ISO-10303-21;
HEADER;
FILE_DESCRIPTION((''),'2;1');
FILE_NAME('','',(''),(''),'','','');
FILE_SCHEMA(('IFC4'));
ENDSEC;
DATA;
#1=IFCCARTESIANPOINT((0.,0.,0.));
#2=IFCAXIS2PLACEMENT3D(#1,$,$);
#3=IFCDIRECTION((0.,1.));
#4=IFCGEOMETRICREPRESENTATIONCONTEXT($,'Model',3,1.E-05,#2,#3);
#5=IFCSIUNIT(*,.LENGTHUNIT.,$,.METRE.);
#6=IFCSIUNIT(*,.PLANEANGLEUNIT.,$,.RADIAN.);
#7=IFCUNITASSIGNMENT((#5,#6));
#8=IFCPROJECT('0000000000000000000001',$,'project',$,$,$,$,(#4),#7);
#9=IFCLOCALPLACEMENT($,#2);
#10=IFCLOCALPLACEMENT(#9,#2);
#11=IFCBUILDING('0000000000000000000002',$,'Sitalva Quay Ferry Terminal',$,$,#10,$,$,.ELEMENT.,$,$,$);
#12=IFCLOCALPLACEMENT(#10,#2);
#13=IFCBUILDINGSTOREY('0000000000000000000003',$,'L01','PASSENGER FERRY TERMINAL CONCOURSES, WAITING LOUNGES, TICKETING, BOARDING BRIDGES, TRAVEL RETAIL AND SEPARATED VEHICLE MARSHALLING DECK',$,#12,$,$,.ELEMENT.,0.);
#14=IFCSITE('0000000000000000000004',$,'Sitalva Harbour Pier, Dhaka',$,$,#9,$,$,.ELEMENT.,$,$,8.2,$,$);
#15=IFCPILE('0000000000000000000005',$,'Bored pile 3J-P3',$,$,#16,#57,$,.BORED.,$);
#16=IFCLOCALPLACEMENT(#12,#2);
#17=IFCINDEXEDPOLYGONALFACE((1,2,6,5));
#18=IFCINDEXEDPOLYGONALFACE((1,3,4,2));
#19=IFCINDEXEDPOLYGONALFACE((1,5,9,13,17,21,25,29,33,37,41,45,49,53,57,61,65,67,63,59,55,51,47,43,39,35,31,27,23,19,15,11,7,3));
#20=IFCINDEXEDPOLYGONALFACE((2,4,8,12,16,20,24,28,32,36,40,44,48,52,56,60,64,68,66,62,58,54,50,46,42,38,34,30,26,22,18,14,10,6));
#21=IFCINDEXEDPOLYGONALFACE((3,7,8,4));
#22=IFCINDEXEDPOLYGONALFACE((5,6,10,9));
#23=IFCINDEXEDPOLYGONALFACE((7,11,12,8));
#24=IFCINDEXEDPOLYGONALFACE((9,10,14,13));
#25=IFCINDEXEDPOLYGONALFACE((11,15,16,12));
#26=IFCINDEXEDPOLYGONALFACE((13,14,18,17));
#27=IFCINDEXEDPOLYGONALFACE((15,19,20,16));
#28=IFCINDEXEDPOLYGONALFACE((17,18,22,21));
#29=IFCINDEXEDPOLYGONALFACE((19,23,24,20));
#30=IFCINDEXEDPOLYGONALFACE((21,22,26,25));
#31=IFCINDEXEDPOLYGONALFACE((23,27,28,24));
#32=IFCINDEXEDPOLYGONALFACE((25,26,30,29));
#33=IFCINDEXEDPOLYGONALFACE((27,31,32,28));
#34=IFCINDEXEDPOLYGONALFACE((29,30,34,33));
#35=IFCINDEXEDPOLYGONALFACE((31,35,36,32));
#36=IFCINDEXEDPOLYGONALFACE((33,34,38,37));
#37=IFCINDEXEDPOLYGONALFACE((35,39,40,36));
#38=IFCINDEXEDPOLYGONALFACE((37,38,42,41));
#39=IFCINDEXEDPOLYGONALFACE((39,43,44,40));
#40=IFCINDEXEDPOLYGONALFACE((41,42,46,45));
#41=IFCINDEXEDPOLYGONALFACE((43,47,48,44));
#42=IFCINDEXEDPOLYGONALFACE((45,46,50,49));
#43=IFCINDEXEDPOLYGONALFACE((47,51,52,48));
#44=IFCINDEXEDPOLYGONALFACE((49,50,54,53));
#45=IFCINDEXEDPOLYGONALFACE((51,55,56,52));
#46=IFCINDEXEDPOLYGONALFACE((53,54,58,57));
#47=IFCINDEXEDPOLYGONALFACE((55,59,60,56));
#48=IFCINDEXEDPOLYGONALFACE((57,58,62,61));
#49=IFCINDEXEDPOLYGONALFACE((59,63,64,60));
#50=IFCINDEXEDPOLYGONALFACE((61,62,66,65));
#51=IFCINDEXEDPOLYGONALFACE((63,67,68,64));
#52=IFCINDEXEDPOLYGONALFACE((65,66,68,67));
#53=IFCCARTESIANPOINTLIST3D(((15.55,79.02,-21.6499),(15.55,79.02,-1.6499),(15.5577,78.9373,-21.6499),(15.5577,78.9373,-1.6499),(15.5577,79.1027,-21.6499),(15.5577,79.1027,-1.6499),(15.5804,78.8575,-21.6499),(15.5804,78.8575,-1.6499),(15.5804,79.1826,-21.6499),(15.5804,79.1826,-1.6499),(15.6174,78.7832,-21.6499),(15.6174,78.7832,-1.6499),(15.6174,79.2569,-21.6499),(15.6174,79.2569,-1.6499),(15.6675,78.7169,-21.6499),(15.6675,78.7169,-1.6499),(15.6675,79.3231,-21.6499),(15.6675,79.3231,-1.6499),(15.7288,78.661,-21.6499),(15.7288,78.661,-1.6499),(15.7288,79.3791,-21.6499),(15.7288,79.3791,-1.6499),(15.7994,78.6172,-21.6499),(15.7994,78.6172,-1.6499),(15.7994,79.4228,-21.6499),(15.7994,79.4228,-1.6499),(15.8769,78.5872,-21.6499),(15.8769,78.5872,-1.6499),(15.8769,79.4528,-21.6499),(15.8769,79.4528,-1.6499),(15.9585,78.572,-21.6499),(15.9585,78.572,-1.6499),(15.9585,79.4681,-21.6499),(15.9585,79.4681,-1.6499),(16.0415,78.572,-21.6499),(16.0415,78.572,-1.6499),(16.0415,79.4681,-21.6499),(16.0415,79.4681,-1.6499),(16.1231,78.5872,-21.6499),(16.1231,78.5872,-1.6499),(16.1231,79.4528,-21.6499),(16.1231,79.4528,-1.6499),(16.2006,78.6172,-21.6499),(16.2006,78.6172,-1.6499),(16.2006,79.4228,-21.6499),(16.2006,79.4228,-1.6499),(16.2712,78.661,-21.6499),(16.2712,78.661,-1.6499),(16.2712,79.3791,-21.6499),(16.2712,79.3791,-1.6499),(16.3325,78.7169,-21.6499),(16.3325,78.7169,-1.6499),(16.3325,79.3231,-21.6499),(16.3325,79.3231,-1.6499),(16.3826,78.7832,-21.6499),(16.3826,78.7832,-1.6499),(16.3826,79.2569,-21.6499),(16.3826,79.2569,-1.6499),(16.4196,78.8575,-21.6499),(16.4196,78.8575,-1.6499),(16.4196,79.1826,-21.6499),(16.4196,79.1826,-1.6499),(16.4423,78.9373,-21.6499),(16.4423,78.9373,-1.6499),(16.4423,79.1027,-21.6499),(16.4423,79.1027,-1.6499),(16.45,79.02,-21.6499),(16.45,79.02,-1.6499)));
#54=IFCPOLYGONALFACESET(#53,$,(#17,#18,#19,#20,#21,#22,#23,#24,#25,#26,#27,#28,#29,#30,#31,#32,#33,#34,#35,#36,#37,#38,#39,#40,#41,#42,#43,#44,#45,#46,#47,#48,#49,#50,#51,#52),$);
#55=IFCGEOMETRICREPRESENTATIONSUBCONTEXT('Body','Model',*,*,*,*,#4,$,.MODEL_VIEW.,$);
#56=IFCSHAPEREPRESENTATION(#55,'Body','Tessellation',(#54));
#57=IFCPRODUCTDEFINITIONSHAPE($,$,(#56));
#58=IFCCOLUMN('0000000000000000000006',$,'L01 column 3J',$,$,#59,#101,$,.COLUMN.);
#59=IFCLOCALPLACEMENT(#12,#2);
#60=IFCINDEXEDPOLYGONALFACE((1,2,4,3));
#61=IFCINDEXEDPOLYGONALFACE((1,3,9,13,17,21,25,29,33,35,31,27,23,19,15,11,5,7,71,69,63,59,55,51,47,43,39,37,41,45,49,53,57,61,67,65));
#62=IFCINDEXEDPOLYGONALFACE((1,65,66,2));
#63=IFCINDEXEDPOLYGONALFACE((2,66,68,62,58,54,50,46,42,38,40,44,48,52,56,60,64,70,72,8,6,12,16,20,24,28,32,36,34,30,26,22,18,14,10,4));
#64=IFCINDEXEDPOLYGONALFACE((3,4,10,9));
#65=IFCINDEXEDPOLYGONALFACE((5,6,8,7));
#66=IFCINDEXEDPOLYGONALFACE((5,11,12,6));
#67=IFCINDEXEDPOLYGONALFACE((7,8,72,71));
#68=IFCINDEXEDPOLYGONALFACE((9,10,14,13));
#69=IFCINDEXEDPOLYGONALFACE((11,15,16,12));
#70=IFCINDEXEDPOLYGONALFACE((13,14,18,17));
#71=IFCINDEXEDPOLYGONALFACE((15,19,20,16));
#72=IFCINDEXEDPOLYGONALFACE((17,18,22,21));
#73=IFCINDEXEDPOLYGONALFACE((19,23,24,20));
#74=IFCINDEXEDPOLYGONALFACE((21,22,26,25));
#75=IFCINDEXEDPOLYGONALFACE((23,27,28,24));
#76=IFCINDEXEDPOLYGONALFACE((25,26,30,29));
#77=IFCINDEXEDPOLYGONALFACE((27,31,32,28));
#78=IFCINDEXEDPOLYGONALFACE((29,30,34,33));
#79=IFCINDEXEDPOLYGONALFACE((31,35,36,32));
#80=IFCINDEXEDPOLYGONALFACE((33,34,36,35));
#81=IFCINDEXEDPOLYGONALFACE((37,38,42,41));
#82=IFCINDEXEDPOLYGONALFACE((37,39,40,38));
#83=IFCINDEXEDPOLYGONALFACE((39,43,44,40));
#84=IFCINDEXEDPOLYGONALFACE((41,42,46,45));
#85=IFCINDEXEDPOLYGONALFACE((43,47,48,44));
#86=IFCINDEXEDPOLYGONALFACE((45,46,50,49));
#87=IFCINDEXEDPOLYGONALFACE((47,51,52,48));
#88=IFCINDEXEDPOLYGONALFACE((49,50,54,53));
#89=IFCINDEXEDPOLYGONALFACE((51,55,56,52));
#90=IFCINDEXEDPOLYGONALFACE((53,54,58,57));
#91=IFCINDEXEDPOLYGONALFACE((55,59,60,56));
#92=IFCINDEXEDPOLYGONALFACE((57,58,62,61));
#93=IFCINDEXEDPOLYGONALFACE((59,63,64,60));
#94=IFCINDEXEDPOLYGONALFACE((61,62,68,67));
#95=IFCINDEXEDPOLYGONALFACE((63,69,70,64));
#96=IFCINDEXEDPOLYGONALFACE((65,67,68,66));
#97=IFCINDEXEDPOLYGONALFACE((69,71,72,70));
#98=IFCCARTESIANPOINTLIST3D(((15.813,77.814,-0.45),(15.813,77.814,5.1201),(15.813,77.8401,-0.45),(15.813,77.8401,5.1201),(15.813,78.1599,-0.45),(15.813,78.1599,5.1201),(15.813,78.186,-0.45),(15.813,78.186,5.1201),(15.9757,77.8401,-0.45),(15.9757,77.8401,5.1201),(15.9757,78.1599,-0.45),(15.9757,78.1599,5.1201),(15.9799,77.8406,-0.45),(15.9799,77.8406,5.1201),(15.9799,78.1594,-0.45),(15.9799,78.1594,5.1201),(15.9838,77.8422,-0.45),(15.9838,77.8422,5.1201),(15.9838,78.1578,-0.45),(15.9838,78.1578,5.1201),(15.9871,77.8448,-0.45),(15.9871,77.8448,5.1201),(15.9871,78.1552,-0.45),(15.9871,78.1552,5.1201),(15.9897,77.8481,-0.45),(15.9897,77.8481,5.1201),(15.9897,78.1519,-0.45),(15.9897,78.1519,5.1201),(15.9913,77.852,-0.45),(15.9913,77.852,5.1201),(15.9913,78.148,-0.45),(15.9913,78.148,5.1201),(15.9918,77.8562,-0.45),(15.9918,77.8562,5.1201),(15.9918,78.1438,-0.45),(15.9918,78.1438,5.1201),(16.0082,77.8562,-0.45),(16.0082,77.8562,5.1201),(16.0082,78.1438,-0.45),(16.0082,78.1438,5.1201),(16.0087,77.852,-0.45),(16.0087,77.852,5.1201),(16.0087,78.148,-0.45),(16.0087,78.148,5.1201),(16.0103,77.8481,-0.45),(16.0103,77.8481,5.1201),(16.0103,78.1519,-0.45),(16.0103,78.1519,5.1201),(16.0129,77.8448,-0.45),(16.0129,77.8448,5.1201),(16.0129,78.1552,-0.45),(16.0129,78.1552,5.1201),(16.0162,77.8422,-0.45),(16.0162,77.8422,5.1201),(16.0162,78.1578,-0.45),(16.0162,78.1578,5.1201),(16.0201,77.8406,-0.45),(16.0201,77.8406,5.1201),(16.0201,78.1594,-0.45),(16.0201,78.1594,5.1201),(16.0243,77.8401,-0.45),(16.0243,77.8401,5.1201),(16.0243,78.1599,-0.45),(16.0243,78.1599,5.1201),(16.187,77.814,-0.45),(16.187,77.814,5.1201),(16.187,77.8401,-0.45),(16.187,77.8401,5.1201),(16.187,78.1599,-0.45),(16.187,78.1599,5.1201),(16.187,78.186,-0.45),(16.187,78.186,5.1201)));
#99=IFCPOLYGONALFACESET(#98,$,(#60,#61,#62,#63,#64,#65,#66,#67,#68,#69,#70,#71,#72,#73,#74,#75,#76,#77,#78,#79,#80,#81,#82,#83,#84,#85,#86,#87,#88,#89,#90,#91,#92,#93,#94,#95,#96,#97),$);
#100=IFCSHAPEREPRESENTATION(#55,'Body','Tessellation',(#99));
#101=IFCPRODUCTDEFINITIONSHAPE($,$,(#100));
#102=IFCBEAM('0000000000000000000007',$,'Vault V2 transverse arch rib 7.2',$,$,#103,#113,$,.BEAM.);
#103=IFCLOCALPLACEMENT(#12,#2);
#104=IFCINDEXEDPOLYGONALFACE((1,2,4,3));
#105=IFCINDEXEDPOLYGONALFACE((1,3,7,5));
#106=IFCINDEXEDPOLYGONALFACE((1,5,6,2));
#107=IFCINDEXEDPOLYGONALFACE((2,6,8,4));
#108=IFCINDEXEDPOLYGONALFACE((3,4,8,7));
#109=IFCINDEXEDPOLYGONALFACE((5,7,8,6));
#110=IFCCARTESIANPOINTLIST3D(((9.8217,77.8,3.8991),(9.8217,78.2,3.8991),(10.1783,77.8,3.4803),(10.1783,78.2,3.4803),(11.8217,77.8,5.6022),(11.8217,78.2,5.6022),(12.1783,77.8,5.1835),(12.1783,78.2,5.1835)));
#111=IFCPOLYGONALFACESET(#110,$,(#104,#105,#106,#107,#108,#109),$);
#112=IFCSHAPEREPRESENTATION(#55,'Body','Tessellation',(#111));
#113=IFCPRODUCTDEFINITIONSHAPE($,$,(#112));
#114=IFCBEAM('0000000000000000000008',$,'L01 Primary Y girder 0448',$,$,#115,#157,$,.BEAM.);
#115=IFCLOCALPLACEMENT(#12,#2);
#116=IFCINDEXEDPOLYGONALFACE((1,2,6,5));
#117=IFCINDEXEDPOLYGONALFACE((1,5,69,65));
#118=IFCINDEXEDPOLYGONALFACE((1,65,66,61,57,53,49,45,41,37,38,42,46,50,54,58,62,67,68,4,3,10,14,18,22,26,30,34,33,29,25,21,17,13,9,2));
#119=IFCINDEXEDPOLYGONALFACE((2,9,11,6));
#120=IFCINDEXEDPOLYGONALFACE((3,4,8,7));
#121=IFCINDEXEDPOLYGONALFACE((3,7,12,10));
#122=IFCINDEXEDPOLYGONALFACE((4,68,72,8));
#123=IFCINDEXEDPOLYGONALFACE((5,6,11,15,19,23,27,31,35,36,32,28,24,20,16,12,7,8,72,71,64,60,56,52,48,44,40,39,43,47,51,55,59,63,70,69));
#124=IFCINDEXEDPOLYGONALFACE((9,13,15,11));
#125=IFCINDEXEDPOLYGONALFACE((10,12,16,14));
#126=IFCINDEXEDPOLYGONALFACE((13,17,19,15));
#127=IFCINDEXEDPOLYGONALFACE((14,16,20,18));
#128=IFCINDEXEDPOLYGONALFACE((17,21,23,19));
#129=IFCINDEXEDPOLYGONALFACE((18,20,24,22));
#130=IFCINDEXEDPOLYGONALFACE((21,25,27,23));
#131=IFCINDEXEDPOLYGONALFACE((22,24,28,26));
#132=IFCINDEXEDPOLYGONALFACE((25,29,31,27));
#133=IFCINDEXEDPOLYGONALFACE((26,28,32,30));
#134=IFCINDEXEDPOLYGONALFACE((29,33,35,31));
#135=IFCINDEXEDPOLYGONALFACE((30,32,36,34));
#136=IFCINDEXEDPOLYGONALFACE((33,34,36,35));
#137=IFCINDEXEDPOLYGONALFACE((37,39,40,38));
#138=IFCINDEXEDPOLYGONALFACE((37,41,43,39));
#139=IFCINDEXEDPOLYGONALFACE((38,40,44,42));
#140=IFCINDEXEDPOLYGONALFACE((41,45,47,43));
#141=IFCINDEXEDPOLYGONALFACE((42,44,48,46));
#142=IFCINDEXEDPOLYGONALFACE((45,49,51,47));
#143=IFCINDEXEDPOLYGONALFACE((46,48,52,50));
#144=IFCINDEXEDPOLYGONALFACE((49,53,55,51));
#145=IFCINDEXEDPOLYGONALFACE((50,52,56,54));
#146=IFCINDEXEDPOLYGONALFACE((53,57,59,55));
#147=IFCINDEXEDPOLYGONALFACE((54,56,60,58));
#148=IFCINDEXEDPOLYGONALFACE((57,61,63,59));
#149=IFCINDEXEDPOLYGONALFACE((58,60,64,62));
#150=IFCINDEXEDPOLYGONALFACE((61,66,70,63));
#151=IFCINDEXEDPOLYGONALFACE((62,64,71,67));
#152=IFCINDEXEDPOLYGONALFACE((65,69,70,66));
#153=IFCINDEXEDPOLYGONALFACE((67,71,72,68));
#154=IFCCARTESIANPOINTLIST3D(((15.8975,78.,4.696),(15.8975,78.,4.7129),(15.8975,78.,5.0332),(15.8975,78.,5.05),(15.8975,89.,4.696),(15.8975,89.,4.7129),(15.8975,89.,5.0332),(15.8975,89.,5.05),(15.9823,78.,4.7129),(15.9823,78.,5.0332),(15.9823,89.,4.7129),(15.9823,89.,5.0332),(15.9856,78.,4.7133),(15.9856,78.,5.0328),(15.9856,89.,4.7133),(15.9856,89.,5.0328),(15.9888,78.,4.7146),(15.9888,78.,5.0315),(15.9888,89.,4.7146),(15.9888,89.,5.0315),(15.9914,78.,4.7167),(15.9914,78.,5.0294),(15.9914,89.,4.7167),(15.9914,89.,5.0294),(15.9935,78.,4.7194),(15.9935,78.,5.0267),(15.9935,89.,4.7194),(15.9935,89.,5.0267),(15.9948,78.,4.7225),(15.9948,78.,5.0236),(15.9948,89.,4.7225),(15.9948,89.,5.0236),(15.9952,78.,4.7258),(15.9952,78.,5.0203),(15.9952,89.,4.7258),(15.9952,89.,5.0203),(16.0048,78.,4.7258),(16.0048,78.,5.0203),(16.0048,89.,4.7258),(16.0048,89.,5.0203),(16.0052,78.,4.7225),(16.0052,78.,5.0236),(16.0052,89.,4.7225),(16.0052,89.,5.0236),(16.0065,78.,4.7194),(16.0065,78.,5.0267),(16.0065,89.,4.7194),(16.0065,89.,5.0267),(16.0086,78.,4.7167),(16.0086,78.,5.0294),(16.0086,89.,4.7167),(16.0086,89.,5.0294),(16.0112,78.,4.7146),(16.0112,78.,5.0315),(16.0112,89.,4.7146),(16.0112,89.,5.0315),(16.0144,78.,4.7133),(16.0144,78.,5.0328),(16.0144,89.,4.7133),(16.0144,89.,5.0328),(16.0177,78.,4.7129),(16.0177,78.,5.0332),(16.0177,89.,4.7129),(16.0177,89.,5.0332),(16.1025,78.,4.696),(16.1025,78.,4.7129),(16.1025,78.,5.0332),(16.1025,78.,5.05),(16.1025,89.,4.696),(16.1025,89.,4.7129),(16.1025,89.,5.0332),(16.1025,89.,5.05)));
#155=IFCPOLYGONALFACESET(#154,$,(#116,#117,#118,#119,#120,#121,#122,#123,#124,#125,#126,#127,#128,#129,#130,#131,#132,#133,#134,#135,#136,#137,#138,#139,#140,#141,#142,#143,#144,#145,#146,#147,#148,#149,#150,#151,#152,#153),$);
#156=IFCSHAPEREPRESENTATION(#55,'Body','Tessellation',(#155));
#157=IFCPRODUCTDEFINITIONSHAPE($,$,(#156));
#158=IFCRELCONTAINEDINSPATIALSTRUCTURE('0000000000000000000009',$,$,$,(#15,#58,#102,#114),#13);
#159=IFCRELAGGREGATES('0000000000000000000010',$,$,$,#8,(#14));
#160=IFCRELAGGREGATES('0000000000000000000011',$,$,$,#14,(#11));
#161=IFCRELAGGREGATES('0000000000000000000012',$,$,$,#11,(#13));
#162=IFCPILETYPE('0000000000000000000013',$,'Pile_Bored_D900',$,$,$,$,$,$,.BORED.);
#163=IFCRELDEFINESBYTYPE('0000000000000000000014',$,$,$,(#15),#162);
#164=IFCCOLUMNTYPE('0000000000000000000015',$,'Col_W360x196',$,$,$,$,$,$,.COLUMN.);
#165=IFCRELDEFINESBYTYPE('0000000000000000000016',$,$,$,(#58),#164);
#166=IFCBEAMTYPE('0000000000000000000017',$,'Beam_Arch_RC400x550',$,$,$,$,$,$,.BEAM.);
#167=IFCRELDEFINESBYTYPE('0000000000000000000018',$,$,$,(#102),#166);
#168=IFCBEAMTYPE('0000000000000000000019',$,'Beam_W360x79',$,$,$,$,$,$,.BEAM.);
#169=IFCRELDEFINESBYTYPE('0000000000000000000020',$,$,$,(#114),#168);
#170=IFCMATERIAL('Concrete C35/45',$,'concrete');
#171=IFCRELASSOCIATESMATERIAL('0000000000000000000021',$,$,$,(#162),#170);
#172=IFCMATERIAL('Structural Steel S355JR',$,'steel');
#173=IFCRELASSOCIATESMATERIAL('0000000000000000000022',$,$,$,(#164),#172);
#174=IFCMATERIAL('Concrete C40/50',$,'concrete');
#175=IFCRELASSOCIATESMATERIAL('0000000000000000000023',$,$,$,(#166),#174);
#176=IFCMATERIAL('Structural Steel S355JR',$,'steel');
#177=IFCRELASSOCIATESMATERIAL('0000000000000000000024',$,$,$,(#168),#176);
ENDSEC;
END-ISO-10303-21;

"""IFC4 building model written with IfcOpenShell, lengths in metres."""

from ifc_helpers import new_model, si_unit, direction, frame, origin, origin_2d, place, context, subcontext, project, spatial, rectangle, circle, i_section, extrude, material, material_profile, profile_set, type_object, element, save


model = new_model("IFC4")

# Units and contexts
model_context = context("Model", 3, precision=1e-05, world=origin(), true_north=direction((0.0, 1.0)))
body_context = subcontext(model_context, "Body", "Model", "MODEL_VIEW")
ifc_project = project(units=[si_unit("LENGTHUNIT", "METRE"), si_unit("PLANEANGLEUNIT", "RADIAN")], contexts=[model_context])

# Site, building, storey
site_placement = place(None, origin())
site = spatial("IfcSite", under=ifc_project, at=site_placement, Name="Sitalva Harbour Pier, Dhaka", CompositionType="ELEMENT", RefElevation=8.2)
building_placement = place(site_placement, origin())
building = spatial("IfcBuilding", under=site, at=building_placement, Name="Sitalva Quay Ferry Terminal", CompositionType="ELEMENT")
storey_placement = place(building_placement, origin())
storey = spatial("IfcBuildingStorey", under=building, at=storey_placement, Name="L01", Description="PASSENGER FERRY TERMINAL CONCOURSES, WAITING LOUNGES, TICKETING, BOARDING BRIDGES, TRAVEL RETAIL AND SEPARATED VEHICLE MARSHALLING DECK", CompositionType="ELEMENT", Elevation=0.0)

# Pile
ifc_material_1 = material(Name="Concrete C35/45", Category="concrete")
ifc_material_profile_1 = material_profile(ifc_material_1, circle(Radius=0.45, at=origin_2d()), Name="PILE-D900")
ifc_profile_set_1 = profile_set([ifc_material_profile_1], Name="Concrete C35/45")
pile_type = type_object("IfcPileType", Name="Pile_Bored_D900", PredefinedType="BORED", material=ifc_profile_set_1)
for number, where, z_axis, x_axis, name in (
    (1, (16.0, 79.02, -1.6499), (0.0, 0.0, -1.0), (1.0, 0.0, 0.0), "Bored pile 3J-P3"),
):
    element("IfcPile", number, at=place(storey_placement, frame(where, z_axis=z_axis, x_axis=x_axis)), inside=storey, type_object=pile_type, Name=name, PredefinedType="BORED", context=body_context, shape_type="SweptSolid", body=[
        extrude(circle(Radius=0.45, at=origin_2d()), origin(), (0.0, 0.0, 1.0), 20.0),
    ])

# Column
ifc_material_2 = material(Name="Structural Steel S355JR", Category="steel")
ifc_material_profile_2 = material_profile(ifc_material_2, i_section(OverallWidth=0.374, OverallDepth=0.3721, WebThickness=0.0164, FlangeThickness=0.0261, FilletRadius=0.0161, at=origin_2d()), Name="W360x196")
ifc_profile_set_2 = profile_set([ifc_material_profile_2], Name="Structural Steel S355JR")
column_type = type_object("IfcColumnType", Name="Col_W360x196", PredefinedType="COLUMN", material=ifc_profile_set_2)
column_placement = place(storey_placement, frame((16.0, 78.0, -0.45), z_axis=(0.0, 0.0, 1.0), x_axis=(1.0, 0.0, 0.0)))
element("IfcColumn", 2, at=column_placement, inside=storey, type_object=column_type, Name="L01 column 3J", PredefinedType="COLUMN", context=body_context, shape_type="SweptSolid", body=[
    extrude(i_section(OverallWidth=0.374, OverallDepth=0.3721, WebThickness=0.0164, FlangeThickness=0.0261, FilletRadius=0.0161, at=origin_2d()), origin(), (0.0, 0.0, 1.0), 5.5701),
])

# Beams
ifc_material_3 = material(Name="Concrete C40/50", Category="concrete")
ifc_material_profile_3 = material_profile(ifc_material_3, rectangle(XDim=0.3999, YDim=0.55, at=origin_2d()), Name="RC400x550")
ifc_profile_set_3 = profile_set([ifc_material_profile_3], Name="Concrete C40/50")
beam_type_1 = type_object("IfcBeamType", Name="Beam_Arch_RC400x550", PredefinedType="BEAM", material=ifc_profile_set_3)
beam_1_placement = place(storey_placement, frame((10.0, 78.0, 3.6897), z_axis=(0.761352, 0.0, 0.648339), x_axis=(0.0, 1.0, 0.0)))
element("IfcBeam", 3, at=beam_1_placement, inside=storey, type_object=beam_type_1, Name="Vault V2 transverse arch rib 7.2", PredefinedType="BEAM", context=body_context, shape_type="SweptSolid", body=[
    extrude(rectangle(XDim=0.3999, YDim=0.55, at=origin_2d()), origin(), (0.0, 0.0, 1.0), 2.627),
])
ifc_material_4 = material(Name="Structural Steel S355JR", Category="steel")
ifc_material_profile_4 = material_profile(ifc_material_4, i_section(OverallWidth=0.2051, OverallDepth=0.354, WebThickness=0.0095, FlangeThickness=0.0168, FilletRadius=0.0129, at=origin_2d()), Name="W360x79")
ifc_profile_set_4 = profile_set([ifc_material_profile_4], Name="Structural Steel S355JR")
beam_type_2 = type_object("IfcBeamType", Name="Beam_W360x79", PredefinedType="BEAM", material=ifc_profile_set_4)
beam_2_placement = place(storey_placement, frame((16.0, 78.0, 4.873), z_axis=(0.0, 1.0, 0.0), x_axis=(-1.0, 0.0, 0.0)))
element("IfcBeam", 4, at=beam_2_placement, inside=storey, type_object=beam_type_2, Name="L01 Primary Y girder 0448", PredefinedType="BEAM", context=body_context, shape_type="SweptSolid", body=[
    extrude(i_section(OverallWidth=0.2051, OverallDepth=0.354, WebThickness=0.0095, FlangeThickness=0.0168, FilletRadius=0.0129, at=origin_2d()), origin(), (0.0, 0.0, 1.0), 11.0),
])

save(model, "model.ifc")
